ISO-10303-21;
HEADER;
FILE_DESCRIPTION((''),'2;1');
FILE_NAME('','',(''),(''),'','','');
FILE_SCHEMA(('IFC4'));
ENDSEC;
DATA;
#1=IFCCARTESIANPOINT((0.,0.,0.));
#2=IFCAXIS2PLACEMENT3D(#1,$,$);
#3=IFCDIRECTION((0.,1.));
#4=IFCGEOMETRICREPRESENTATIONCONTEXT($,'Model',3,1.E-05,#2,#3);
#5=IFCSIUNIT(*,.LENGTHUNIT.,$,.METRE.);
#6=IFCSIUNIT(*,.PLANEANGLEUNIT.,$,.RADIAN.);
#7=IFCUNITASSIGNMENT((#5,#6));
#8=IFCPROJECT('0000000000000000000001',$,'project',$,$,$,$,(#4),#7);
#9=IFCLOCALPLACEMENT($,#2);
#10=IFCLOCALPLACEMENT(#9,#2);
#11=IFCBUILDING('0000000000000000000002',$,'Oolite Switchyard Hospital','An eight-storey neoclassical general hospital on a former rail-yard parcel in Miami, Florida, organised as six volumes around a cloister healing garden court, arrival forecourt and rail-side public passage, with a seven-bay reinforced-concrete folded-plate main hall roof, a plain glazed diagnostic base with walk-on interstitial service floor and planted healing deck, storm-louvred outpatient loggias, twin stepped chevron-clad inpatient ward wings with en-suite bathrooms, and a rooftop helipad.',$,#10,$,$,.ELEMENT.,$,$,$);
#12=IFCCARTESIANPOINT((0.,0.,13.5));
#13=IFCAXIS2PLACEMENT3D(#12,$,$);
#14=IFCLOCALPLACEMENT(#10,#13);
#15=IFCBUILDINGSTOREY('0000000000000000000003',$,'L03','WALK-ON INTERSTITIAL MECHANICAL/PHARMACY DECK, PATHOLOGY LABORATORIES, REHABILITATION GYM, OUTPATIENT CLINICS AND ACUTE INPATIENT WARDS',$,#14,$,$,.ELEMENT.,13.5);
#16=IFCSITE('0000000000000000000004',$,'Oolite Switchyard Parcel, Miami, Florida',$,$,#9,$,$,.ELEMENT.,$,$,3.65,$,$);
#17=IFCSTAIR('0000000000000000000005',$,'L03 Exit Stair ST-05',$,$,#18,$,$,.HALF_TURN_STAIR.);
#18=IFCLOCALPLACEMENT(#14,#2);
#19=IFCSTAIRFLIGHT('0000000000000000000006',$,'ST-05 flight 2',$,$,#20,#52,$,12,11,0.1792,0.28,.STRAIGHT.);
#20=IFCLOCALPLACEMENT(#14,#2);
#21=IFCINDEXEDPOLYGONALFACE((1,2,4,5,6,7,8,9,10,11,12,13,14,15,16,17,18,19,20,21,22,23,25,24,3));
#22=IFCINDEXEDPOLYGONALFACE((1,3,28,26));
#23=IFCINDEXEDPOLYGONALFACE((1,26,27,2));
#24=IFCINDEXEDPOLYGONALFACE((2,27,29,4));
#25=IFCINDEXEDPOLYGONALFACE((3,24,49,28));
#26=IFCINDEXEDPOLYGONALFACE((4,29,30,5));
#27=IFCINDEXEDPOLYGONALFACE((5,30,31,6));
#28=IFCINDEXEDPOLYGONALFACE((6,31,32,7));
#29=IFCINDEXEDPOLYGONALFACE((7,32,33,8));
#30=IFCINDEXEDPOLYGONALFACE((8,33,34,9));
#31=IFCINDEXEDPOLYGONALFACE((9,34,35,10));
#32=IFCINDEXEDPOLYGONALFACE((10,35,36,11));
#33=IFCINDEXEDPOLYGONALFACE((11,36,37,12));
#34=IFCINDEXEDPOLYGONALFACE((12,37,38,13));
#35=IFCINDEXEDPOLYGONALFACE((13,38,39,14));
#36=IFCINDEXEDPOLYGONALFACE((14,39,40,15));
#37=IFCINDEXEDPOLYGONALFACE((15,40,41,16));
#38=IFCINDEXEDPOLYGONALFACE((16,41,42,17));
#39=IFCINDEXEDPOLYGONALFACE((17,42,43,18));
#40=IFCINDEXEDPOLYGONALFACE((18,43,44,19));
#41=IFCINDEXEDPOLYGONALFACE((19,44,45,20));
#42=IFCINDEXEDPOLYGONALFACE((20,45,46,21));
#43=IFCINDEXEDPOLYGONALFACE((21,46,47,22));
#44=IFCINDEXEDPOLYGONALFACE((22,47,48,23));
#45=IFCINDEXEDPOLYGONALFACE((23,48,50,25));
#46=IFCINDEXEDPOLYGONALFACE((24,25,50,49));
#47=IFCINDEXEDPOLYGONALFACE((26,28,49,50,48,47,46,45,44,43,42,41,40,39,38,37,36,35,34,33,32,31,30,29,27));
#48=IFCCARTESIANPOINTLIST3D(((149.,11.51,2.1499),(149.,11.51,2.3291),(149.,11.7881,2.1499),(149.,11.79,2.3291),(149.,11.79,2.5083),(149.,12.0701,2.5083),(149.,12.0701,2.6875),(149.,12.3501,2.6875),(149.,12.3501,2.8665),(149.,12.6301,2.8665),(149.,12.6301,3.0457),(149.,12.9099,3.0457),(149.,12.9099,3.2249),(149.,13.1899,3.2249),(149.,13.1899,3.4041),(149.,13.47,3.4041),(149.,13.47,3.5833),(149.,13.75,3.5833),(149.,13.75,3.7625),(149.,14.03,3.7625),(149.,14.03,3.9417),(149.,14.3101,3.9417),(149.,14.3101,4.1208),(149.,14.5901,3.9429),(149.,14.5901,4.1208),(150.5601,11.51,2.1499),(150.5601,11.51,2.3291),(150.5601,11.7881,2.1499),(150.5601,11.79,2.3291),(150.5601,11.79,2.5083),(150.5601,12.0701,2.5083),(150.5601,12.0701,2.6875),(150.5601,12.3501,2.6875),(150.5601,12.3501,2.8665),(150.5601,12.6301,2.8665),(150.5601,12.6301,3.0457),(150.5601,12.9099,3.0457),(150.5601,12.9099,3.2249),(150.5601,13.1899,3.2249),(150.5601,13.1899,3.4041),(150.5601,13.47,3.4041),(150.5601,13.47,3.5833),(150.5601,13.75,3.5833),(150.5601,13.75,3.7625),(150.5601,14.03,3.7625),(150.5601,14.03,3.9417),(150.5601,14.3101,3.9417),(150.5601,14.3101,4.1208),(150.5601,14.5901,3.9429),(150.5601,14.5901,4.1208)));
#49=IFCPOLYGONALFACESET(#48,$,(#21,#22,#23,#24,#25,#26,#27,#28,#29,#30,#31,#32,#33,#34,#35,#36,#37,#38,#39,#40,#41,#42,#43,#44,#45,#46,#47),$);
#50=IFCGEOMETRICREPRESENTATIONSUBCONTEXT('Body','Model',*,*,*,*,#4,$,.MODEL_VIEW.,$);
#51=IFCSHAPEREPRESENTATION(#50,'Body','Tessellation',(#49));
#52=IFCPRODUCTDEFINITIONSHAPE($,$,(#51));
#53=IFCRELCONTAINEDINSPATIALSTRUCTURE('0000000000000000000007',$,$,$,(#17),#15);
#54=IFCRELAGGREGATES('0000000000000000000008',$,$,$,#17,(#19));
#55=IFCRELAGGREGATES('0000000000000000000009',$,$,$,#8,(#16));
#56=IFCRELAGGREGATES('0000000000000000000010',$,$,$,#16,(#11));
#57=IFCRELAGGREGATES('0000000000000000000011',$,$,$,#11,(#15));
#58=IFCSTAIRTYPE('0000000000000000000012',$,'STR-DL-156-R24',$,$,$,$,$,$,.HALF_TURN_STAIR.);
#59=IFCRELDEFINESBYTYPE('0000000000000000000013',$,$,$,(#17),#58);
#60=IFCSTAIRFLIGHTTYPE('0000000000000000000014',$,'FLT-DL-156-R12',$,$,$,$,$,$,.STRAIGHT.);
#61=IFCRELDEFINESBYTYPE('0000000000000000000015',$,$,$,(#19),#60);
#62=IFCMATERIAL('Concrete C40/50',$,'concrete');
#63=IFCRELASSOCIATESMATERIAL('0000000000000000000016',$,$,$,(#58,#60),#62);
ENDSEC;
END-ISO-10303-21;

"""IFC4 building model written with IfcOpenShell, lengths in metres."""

from ifc_helpers import new_model, si_unit, direction, frame, origin, place, context, subcontext, project, spatial, polyline, outline, extrude, material, type_object, element, aggregate, save


model = new_model("IFC4")

# Units and contexts
model_context = context("Model", 3, precision=1e-05, world=origin(), true_north=direction((0.0, 1.0)))
body_context = subcontext(model_context, "Body", "Model", "MODEL_VIEW")
ifc_project = project(units=[si_unit("LENGTHUNIT", "METRE"), si_unit("PLANEANGLEUNIT", "RADIAN")], contexts=[model_context])

# Site, building, storey
site_placement = place(None, origin())
site = spatial("IfcSite", under=ifc_project, at=site_placement, Name="Oolite Switchyard Parcel, Miami, Florida", CompositionType="ELEMENT", RefElevation=3.65)
building_placement = place(site_placement, origin())
building = spatial("IfcBuilding", under=site, at=building_placement, Name="Oolite Switchyard Hospital", Description="An eight-storey neoclassical general hospital on a former rail-yard parcel in Miami, Florida, organised as six volumes around a cloister healing garden court, arrival forecourt and rail-side public passage, with a seven-bay reinforced-concrete folded-plate main hall roof, a plain glazed diagnostic base with walk-on interstitial service floor and planted healing deck, storm-louvred outpatient loggias, twin stepped chevron-clad inpatient ward wings with en-suite bathrooms, and a rooftop helipad.", CompositionType="ELEMENT")
storey_placement = place(building_placement, frame((0.0, 0.0, 13.5)))
storey = spatial("IfcBuildingStorey", under=building, at=storey_placement, Name="L03", Description="WALK-ON INTERSTITIAL MECHANICAL/PHARMACY DECK, PATHOLOGY LABORATORIES, REHABILITATION GYM, OUTPATIENT CLINICS AND ACUTE INPATIENT WARDS", CompositionType="ELEMENT", Elevation=13.5)

# Shared definitions
ifc_material_1 = material(Name="Concrete C40/50", Category="concrete")

# Stair, stair flight
stair_type = type_object("IfcStairType", Name="STR-DL-156-R24", PredefinedType="HALF_TURN_STAIR", material=ifc_material_1)
stair_placement = place(storey_placement, origin())
stair = element("IfcStair", 1, at=stair_placement, inside=storey, type_object=stair_type, Name="L03 Exit Stair ST-05", PredefinedType="HALF_TURN_STAIR")
stair_flight_type = type_object("IfcStairFlightType", Name="FLT-DL-156-R12", PredefinedType="STRAIGHT", material=ifc_material_1)
stair_flight_1_placement = place(storey_placement, frame((149.78, 11.51, 2.1499), z_axis=(0.0, 0.0, 1.0), x_axis=(0.0, 1.0, 0.0)))
stair_flight_1 = element("IfcStairFlight", 2, at=stair_flight_1_placement, type_object=stair_flight_type, Name="ST-05 flight 2", NumberOfRisers=12, NumberOfTreads=11, PredefinedType="STRAIGHT", RiserHeight=0.1792, TreadLength=0.28, context=body_context, shape_type="SweptSolid", body=[
    extrude(outline(polyline([(0.0, 0.0), (0.0, 0.1792), (0.28, 0.1792), (0.28, 0.3584), (0.5601, 0.3584), (0.5601, 0.5376), (0.8401, 0.5376), (0.8401, 0.7166), (1.1201, 0.7166), (1.1201, 0.8958), (1.3999, 0.8958), (1.3999, 1.075), (1.6799, 1.075), (1.6799, 1.2542), (1.96, 1.2542), (1.96, 1.4333), (2.24, 1.4333), (2.24, 1.6125), (2.52, 1.6125), (2.52, 1.7917), (2.8, 1.7917), (2.8, 1.9709), (3.0801, 1.9709), (3.0801, 2.1499), (3.0801, 1.793), (0.2781, 0.0), (0.0, 0.0)])), frame((0.0, 0.78, 0.0), z_axis=(0.0, -1.0, 0.0), x_axis=(1.0, 0.0, 0.0)), (0.0, 0.0, 1.0), 1.5601),
])
aggregate(stair, [stair_flight_1])

save(model, "model.ifc")
